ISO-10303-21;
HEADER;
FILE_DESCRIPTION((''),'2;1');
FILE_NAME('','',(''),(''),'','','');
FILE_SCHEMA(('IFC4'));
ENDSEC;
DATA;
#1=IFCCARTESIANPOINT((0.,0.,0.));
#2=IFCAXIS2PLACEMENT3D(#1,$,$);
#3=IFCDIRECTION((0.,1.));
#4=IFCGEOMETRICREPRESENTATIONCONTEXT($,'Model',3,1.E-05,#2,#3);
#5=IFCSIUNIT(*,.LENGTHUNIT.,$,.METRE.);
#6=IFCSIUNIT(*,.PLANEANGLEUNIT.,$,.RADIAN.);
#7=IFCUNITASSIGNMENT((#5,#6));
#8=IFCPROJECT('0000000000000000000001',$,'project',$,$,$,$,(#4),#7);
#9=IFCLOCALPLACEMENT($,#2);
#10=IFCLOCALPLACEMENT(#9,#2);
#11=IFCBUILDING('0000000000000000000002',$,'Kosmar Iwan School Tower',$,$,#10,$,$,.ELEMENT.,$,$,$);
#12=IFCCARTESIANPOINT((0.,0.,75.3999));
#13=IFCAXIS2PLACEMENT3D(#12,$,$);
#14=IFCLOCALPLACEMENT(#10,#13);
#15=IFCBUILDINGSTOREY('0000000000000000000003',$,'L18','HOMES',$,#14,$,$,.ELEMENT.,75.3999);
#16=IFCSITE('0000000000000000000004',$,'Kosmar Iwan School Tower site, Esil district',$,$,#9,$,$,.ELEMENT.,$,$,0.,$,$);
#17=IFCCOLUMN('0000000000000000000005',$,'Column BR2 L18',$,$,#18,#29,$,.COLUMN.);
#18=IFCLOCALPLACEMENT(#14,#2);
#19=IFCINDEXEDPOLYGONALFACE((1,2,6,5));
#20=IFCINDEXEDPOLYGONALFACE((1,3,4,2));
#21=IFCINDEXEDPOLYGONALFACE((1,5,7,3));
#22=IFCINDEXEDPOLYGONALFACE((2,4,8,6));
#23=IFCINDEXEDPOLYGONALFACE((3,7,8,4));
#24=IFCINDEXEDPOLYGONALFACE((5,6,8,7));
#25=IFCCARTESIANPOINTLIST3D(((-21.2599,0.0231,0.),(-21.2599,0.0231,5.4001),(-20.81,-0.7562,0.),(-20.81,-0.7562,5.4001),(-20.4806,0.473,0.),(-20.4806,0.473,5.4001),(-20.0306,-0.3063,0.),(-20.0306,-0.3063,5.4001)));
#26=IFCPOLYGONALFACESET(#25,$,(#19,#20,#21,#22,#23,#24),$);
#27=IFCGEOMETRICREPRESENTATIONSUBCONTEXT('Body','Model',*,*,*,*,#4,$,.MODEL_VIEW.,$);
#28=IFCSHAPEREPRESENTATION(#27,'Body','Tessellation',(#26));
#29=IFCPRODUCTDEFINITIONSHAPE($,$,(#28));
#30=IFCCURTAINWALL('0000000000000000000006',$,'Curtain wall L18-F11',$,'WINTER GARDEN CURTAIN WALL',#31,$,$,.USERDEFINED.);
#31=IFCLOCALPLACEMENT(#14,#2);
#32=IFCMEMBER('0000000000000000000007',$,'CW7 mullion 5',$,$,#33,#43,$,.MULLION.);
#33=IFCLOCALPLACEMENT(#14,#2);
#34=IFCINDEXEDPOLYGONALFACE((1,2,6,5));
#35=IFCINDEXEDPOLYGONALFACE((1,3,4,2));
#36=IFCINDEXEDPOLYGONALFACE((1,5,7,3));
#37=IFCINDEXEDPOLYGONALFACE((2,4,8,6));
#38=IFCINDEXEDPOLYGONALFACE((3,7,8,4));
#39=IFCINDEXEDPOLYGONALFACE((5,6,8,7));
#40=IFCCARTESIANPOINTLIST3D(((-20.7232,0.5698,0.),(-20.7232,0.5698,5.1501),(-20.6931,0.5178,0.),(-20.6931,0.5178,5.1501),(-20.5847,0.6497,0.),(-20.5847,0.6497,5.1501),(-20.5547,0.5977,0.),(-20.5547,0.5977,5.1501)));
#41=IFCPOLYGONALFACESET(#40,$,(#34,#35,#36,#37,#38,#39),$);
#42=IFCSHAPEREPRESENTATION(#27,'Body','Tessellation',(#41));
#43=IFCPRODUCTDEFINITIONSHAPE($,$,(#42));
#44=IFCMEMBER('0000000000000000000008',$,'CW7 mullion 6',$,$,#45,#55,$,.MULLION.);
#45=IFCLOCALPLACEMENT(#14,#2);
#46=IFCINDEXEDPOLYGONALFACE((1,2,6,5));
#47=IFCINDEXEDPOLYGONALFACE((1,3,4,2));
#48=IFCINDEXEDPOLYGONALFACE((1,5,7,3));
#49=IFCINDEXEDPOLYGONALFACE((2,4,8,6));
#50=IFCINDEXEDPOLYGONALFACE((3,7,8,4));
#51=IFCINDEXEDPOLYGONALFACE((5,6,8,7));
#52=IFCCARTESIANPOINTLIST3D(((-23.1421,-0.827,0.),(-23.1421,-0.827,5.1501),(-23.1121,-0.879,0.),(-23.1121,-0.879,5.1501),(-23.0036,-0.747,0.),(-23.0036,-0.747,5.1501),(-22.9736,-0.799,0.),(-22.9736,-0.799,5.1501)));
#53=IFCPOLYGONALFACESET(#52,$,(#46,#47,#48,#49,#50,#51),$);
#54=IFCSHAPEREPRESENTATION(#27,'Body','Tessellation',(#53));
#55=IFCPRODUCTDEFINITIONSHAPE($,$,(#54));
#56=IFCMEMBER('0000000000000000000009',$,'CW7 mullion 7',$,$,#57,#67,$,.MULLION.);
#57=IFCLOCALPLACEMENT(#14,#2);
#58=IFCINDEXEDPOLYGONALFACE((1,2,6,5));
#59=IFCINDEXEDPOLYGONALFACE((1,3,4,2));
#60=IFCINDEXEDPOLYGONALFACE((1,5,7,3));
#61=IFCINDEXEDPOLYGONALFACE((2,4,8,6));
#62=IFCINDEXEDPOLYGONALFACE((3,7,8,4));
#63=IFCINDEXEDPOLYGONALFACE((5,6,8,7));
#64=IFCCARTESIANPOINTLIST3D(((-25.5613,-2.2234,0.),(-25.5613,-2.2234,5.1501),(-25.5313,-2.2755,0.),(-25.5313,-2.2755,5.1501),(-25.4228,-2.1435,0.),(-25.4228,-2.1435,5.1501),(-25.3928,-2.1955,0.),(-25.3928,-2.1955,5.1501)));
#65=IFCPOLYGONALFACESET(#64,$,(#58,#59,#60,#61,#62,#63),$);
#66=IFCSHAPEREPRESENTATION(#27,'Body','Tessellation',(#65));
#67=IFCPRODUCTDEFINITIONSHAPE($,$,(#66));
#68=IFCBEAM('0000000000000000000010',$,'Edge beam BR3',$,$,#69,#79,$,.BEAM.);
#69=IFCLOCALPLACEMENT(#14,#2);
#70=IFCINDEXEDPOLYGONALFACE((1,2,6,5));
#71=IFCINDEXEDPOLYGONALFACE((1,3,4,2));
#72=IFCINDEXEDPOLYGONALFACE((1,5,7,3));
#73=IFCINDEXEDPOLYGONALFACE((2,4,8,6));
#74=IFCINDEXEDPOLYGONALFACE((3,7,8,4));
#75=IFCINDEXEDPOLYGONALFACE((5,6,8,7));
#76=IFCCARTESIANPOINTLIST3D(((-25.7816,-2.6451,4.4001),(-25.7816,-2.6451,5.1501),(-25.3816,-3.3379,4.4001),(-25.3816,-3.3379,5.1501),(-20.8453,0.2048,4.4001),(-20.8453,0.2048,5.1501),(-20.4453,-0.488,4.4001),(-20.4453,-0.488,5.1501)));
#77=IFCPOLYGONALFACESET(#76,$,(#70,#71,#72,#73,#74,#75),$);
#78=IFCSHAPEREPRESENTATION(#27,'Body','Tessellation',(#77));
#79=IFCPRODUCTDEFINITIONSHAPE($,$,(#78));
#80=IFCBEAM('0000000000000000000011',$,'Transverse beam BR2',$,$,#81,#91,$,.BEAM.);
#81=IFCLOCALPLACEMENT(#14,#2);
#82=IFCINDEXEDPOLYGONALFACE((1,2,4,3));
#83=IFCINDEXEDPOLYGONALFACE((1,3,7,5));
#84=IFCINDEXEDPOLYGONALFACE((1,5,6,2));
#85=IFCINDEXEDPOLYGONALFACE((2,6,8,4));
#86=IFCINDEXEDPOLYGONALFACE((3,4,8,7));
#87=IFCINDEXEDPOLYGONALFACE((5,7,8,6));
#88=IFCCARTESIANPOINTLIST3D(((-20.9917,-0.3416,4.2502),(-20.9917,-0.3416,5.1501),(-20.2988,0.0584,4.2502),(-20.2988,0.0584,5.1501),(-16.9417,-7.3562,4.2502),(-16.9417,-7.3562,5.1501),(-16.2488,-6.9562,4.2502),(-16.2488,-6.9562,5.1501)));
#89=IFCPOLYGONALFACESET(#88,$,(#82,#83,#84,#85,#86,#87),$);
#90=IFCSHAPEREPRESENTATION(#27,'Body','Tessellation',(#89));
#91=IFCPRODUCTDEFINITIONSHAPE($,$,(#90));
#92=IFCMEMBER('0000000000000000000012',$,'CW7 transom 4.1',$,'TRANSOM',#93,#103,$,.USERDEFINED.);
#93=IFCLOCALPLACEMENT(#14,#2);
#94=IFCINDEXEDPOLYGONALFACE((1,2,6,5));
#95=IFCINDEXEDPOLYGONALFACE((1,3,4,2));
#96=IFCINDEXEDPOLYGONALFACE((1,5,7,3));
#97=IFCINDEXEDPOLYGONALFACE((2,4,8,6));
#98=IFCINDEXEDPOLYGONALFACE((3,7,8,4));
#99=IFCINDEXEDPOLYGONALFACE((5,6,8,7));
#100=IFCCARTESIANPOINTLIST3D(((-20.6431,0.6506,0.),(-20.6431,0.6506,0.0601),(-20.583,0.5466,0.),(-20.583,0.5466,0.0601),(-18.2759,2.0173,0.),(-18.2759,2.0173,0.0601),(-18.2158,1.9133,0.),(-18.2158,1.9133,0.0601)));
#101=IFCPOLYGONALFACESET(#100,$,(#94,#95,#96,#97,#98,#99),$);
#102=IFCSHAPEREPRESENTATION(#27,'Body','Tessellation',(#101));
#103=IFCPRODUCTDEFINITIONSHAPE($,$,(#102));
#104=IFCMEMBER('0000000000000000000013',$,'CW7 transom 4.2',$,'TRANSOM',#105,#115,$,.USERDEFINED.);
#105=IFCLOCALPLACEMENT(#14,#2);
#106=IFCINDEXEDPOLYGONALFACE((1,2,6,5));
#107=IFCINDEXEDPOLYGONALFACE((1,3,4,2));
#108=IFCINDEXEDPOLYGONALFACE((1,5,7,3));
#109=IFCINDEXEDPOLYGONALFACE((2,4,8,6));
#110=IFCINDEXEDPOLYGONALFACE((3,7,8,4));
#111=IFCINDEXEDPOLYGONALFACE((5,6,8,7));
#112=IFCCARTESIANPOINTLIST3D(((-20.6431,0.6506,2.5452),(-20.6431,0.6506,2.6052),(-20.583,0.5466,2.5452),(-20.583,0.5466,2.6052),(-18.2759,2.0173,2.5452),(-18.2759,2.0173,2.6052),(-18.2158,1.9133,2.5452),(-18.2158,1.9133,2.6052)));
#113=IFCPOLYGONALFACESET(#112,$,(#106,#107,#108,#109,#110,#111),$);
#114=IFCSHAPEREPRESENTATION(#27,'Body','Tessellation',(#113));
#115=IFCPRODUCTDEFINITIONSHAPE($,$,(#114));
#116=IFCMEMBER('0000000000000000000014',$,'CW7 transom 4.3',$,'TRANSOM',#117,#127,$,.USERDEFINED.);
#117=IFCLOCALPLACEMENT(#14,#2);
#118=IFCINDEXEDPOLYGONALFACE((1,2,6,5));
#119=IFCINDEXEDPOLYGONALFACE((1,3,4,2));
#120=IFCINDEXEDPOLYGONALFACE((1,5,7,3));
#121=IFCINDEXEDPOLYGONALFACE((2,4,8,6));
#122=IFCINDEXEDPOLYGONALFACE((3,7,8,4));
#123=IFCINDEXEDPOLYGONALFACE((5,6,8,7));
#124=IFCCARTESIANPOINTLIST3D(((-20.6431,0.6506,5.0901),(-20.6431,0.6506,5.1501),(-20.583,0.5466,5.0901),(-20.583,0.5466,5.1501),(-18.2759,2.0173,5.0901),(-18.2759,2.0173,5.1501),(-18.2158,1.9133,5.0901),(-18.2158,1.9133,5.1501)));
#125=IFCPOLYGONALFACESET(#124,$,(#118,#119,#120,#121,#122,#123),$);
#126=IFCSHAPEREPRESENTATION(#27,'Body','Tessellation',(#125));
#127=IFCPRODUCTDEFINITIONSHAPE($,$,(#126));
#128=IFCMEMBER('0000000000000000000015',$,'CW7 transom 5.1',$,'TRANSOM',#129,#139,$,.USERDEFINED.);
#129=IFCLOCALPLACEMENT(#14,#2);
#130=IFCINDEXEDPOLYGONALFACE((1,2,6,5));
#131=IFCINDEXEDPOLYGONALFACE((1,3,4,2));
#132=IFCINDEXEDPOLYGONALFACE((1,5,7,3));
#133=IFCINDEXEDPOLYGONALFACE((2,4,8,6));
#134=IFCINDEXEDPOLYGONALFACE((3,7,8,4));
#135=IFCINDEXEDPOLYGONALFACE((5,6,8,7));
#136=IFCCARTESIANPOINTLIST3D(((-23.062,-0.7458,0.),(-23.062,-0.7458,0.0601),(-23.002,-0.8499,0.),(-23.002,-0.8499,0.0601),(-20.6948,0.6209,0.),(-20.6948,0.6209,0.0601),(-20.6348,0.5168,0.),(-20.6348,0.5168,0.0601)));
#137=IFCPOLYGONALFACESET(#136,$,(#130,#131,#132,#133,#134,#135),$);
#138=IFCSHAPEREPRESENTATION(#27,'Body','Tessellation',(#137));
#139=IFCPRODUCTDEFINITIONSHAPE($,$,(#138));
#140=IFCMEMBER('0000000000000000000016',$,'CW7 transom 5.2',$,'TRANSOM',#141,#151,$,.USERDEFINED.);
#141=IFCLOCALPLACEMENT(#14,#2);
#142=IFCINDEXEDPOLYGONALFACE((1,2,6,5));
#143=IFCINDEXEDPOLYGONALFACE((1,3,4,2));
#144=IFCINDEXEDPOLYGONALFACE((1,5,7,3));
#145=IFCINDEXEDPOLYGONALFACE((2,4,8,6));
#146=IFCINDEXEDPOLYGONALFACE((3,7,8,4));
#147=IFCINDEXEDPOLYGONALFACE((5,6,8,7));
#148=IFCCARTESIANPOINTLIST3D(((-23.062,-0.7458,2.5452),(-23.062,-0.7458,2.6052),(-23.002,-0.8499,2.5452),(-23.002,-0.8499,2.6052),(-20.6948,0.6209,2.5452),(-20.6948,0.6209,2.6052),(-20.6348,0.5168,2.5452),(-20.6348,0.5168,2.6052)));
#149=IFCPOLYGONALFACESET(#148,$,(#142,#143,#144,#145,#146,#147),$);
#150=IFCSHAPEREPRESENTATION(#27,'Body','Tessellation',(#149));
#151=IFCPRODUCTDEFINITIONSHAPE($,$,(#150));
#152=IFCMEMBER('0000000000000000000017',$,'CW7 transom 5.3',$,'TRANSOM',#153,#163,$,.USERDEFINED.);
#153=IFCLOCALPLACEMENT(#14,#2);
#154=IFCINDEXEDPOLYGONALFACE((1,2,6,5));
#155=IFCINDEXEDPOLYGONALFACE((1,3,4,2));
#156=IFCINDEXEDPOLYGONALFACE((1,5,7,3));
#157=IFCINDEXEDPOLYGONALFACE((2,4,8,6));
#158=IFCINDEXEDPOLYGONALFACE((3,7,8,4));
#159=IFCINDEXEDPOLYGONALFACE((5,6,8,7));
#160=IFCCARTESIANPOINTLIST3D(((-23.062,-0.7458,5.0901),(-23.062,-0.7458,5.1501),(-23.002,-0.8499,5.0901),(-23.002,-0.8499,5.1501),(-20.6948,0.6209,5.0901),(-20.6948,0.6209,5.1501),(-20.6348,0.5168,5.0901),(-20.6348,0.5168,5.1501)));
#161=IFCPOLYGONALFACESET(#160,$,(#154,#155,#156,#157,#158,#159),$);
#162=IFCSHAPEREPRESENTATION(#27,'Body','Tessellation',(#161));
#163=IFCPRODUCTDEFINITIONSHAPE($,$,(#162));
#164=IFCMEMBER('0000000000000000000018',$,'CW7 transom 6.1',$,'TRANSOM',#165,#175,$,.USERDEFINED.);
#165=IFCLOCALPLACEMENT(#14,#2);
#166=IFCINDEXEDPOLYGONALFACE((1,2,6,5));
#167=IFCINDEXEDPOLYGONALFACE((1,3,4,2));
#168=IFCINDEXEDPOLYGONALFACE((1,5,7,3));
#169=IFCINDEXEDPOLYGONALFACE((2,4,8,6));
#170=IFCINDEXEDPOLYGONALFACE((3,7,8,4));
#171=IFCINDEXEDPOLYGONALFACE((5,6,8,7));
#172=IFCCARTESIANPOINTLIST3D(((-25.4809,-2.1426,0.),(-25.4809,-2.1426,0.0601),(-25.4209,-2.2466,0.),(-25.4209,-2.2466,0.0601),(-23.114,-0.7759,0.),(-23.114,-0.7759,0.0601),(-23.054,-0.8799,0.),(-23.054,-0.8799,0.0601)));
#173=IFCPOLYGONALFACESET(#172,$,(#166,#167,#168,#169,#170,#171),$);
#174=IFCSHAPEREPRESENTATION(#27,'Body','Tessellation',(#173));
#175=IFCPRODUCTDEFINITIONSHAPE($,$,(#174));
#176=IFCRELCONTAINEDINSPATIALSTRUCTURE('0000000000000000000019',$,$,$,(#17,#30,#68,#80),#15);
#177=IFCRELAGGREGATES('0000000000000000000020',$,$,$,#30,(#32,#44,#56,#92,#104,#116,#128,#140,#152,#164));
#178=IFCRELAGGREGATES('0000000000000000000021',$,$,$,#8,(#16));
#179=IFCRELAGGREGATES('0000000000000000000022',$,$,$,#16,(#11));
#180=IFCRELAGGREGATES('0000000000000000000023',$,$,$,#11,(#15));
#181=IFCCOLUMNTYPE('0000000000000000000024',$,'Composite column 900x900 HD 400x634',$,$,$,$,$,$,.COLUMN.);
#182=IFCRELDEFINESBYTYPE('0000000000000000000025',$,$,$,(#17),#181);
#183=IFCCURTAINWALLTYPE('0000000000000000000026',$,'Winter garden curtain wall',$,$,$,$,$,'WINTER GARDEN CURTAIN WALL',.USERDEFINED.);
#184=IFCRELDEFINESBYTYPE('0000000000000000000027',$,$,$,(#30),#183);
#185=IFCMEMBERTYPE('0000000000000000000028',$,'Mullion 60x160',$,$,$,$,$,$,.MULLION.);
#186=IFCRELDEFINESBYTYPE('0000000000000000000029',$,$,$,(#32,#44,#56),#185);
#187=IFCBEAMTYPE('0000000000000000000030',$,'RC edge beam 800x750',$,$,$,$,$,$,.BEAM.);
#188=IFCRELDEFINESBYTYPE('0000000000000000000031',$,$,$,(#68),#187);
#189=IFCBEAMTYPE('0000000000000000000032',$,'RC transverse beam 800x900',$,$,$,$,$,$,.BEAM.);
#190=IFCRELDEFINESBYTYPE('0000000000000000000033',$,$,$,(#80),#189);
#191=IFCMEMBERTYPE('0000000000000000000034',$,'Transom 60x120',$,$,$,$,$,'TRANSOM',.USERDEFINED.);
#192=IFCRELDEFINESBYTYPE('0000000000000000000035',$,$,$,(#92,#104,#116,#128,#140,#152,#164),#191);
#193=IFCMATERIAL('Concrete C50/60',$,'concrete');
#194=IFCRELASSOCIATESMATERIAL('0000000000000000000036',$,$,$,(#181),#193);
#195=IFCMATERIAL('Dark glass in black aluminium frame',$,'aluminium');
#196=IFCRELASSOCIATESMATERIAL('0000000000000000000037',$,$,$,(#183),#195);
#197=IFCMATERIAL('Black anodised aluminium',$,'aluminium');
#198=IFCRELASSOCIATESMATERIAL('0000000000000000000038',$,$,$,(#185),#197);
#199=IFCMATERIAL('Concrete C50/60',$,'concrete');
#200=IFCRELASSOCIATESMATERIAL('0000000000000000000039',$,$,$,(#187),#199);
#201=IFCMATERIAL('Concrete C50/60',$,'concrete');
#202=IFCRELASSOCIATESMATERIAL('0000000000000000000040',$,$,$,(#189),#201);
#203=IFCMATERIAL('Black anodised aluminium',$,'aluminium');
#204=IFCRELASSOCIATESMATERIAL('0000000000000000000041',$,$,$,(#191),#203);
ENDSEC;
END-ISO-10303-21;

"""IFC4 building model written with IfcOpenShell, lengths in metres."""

from ifc_helpers import new_model, si_unit, direction, frame, origin, origin_2d, place, context, subcontext, project, spatial, rectangle, extrude, material, material_profile, profile_set, type_object, element, aggregate, save


model = new_model("IFC4")

# Units and contexts
model_context = context("Model", 3, precision=1e-05, world=origin(), true_north=direction((0.0, 1.0)))
body_context = subcontext(model_context, "Body", "Model", "MODEL_VIEW")
ifc_project = project(units=[si_unit("LENGTHUNIT", "METRE"), si_unit("PLANEANGLEUNIT", "RADIAN")], contexts=[model_context])

# Site, building, storey
site_placement = place(None, origin())
site = spatial("IfcSite", under=ifc_project, at=site_placement, Name="Kosmar Iwan School Tower site, Esil district", CompositionType="ELEMENT", RefElevation=0.0)
building_placement = place(site_placement, origin())
building = spatial("IfcBuilding", under=site, at=building_placement, Name="Kosmar Iwan School Tower", CompositionType="ELEMENT")
storey_placement = place(building_placement, frame((0.0, 0.0, 75.3999)))
storey = spatial("IfcBuildingStorey", under=building, at=storey_placement, Name="L18", Description="HOMES", CompositionType="ELEMENT", Elevation=75.3999)

# Column
ifc_material_1 = material(Name="Concrete C50/60", Category="concrete")
ifc_material_profile_1 = material_profile(ifc_material_1, rectangle(XDim=0.8999, YDim=0.8999, at=origin_2d()), Name="RC 900x900 + HD 400x634")
ifc_profile_set_1 = profile_set([ifc_material_profile_1], Name="Concrete C50/60")
column_type = type_object("IfcColumnType", Name="Composite column 900x900 HD 400x634", PredefinedType="COLUMN", material=ifc_profile_set_1)
column_placement = place(storey_placement, frame((-20.6453, -0.1416, 0.0), z_axis=(0.0, 0.0, 1.0), x_axis=(-0.866025, -0.5, 0.0)))
element("IfcColumn", 1, at=column_placement, inside=storey, type_object=column_type, Name="Column BR2 L18", PredefinedType="COLUMN", context=body_context, shape_type="SweptSolid", body=[
    extrude(rectangle(XDim=0.8999, YDim=0.8999, at=origin_2d()), origin(), (0.0, 0.0, 1.0), 5.4001),
])

# Curtain wall, members
ifc_material_2 = material(Name="Dark glass in black aluminium frame", Category="aluminium")
curtain_wall_type = type_object("IfcCurtainWallType", Name="Winter garden curtain wall", ElementType="WINTER GARDEN CURTAIN WALL", PredefinedType="USERDEFINED", material=ifc_material_2)
curtain_wall_placement = place(storey_placement, origin())
curtain_wall = element("IfcCurtainWall", 2, at=curtain_wall_placement, inside=storey, type_object=curtain_wall_type, Name="Curtain wall L18-F11", ObjectType="WINTER GARDEN CURTAIN WALL", PredefinedType="USERDEFINED")
ifc_material_3 = material(Name="Black anodised aluminium", Category="aluminium")
ifc_material_profile_2 = material_profile(ifc_material_3, rectangle(XDim=0.0601, YDim=0.1599, at=origin_2d()), Name="MULLION 60x160")
ifc_profile_set_2 = profile_set([ifc_material_profile_2], Name="Black anodised aluminium")
member_type_1 = type_object("IfcMemberType", Name="Mullion 60x160", PredefinedType="MULLION", material=ifc_profile_set_2)
member_1_placement = place(storey_placement, frame((-20.6389, 0.5837, 0.0), z_axis=(0.0, 0.0, 1.0), x_axis=(0.5, -0.866025, 0.0)))
member_1 = element("IfcMember", 3, at=member_1_placement, type_object=member_type_1, Name="CW7 mullion 5", PredefinedType="MULLION", context=body_context, shape_type="SweptSolid", body=[
    extrude(rectangle(XDim=0.0601, YDim=0.1599, at=origin_2d()), origin(), (0.0, 0.0, 1.0), 5.1501),
])
member_2_placement = place(storey_placement, frame((-23.0579, -0.813, 0.0), z_axis=(0.0, 0.0, 1.0), x_axis=(0.5, -0.866025, 0.0)))
member_2 = element("IfcMember", 4, at=member_2_placement, type_object=member_type_1, Name="CW7 mullion 6", PredefinedType="MULLION", context=body_context, shape_type="SweptSolid", body=[
    extrude(rectangle(XDim=0.0601, YDim=0.1599, at=origin_2d()), origin(), (0.0, 0.0, 1.0), 5.1501),
])
member_3_placement = place(storey_placement, frame((-25.4771, -2.2095, 0.0), z_axis=(0.0, 0.0, 1.0), x_axis=(0.5, -0.866025, 0.0)))
member_3 = element("IfcMember", 5, at=member_3_placement, type_object=member_type_1, Name="CW7 mullion 7", PredefinedType="MULLION", context=body_context, shape_type="SweptSolid", body=[
    extrude(rectangle(XDim=0.0601, YDim=0.1599, at=origin_2d()), origin(), (0.0, 0.0, 1.0), 5.1501),
])

# Beams
ifc_material_4 = material(Name="Concrete C50/60", Category="concrete")
ifc_material_profile_3 = material_profile(ifc_material_4, rectangle(XDim=0.8, YDim=0.75, at=origin_2d()), Name="RC 800x750")
ifc_profile_set_3 = profile_set([ifc_material_profile_3], Name="Concrete C50/60")
beam_type_1 = type_object("IfcBeamType", Name="RC edge beam 800x750", PredefinedType="BEAM", material=ifc_profile_set_3)
beam_1_placement = place(storey_placement, frame((-20.6453, -0.1416, 4.7751), z_axis=(-0.866034, -0.499986, 0.0), x_axis=(0.499986, -0.866034, 0.0)))
element("IfcBeam", 6, at=beam_1_placement, inside=storey, type_object=beam_type_1, Name="Edge beam BR3", PredefinedType="BEAM", context=body_context, shape_type="SweptSolid", body=[
    extrude(rectangle(XDim=0.8, YDim=0.75, at=origin_2d()), origin(), (0.0, 0.0, 1.0), 5.7),
])
ifc_material_5 = material(Name="Concrete C50/60", Category="concrete")
ifc_material_profile_4 = material_profile(ifc_material_5, rectangle(XDim=0.8, YDim=0.8999, at=origin_2d()), Name="RC 800x900")
ifc_profile_set_4 = profile_set([ifc_material_profile_4], Name="Concrete C50/60")
beam_type_2 = type_object("IfcBeamType", Name="RC transverse beam 800x900", PredefinedType="BEAM", material=ifc_profile_set_4)
beam_2_placement = place(storey_placement, frame((-20.6453, -0.1416, 4.7002), z_axis=(0.500013, -0.866018, 0.0), x_axis=(0.866018, 0.500013, 0.0)))
element("IfcBeam", 7, at=beam_2_placement, inside=storey, type_object=beam_type_2, Name="Transverse beam BR2", PredefinedType="BEAM", context=body_context, shape_type="SweptSolid", body=[
    extrude(rectangle(XDim=0.8, YDim=0.8999, at=origin_2d()), origin(), (0.0, 0.0, 1.0), 8.0999),
])

# Members
ifc_material_6 = material(Name="Black anodised aluminium", Category="aluminium")
ifc_material_profile_5 = material_profile(ifc_material_6, rectangle(XDim=0.1201, YDim=0.0601, at=origin_2d()), Name="TRANSOM 60x120")
ifc_profile_set_5 = profile_set([ifc_material_profile_5], Name="Black anodised aluminium")
member_type_2 = type_object("IfcMemberType", Name="Transom 60x120", ElementType="TRANSOM", PredefinedType="USERDEFINED", material=ifc_profile_set_5)
member_4_placement = place(storey_placement, frame((-18.2458, 1.9653, 0.03), z_axis=(-0.866025, -0.500001, 0.0), x_axis=(0.500001, -0.866025, 0.0)))
member_4 = element("IfcMember", 8, at=member_4_placement, type_object=member_type_2, Name="CW7 transom 4.1", ObjectType="TRANSOM", PredefinedType="USERDEFINED", context=body_context, shape_type="SweptSolid", body=[
    extrude(rectangle(XDim=0.1201, YDim=0.0601, at=origin_2d()), origin(), (0.0, 0.0, 1.0), 2.7334),
])
member_5_placement = place(storey_placement, frame((-18.2458, 1.9653, 2.5752), z_axis=(-0.866025, -0.500001, 0.0), x_axis=(0.500001, -0.866025, 0.0)))
member_5 = element("IfcMember", 9, at=member_5_placement, type_object=member_type_2, Name="CW7 transom 4.2", ObjectType="TRANSOM", PredefinedType="USERDEFINED", context=body_context, shape_type="SweptSolid", body=[
    extrude(rectangle(XDim=0.1201, YDim=0.0601, at=origin_2d()), origin(), (0.0, 0.0, 1.0), 2.7334),
])
member_6_placement = place(storey_placement, frame((-18.2458, 1.9653, 5.1201), z_axis=(-0.866025, -0.500001, 0.0), x_axis=(0.500001, -0.866025, 0.0)))
member_6 = element("IfcMember", 10, at=member_6_placement, type_object=member_type_2, Name="CW7 transom 4.3", ObjectType="TRANSOM", PredefinedType="USERDEFINED", context=body_context, shape_type="SweptSolid", body=[
    extrude(rectangle(XDim=0.1201, YDim=0.0601, at=origin_2d()), origin(), (0.0, 0.0, 1.0), 2.7334),
])
member_7_placement = place(storey_placement, frame((-20.6648, 0.5688, 0.03), z_axis=(-0.866025, -0.500001, 0.0), x_axis=(0.500001, -0.866025, 0.0)))
member_7 = element("IfcMember", 11, at=member_7_placement, type_object=member_type_2, Name="CW7 transom 5.1", ObjectType="TRANSOM", PredefinedType="USERDEFINED", context=body_context, shape_type="SweptSolid", body=[
    extrude(rectangle(XDim=0.1201, YDim=0.0601, at=origin_2d()), origin(), (0.0, 0.0, 1.0), 2.7334),
])
member_8_placement = place(storey_placement, frame((-20.6648, 0.5688, 2.5752), z_axis=(-0.866025, -0.500001, 0.0), x_axis=(0.500001, -0.866025, 0.0)))
member_8 = element("IfcMember", 12, at=member_8_placement, type_object=member_type_2, Name="CW7 transom 5.2", ObjectType="TRANSOM", PredefinedType="USERDEFINED", context=body_context, shape_type="SweptSolid", body=[
    extrude(rectangle(XDim=0.1201, YDim=0.0601, at=origin_2d()), origin(), (0.0, 0.0, 1.0), 2.7334),
])
member_9_placement = place(storey_placement, frame((-20.6648, 0.5688, 5.1201), z_axis=(-0.866025, -0.500001, 0.0), x_axis=(0.500001, -0.866025, 0.0)))
member_9 = element("IfcMember", 13, at=member_9_placement, type_object=member_type_2, Name="CW7 transom 5.3", ObjectType="TRANSOM", PredefinedType="USERDEFINED", context=body_context, shape_type="SweptSolid", body=[
    extrude(rectangle(XDim=0.1201, YDim=0.0601, at=origin_2d()), origin(), (0.0, 0.0, 1.0), 2.7334),
])
member_10_placement = place(storey_placement, frame((-23.084, -0.8279, 0.03), z_axis=(-0.866003, -0.500039, 0.0), x_axis=(0.500039, -0.866003, 0.0)))
member_10 = element("IfcMember", 14, at=member_10_placement, type_object=member_type_2, Name="CW7 transom 6.1", ObjectType="TRANSOM", PredefinedType="USERDEFINED", context=body_context, shape_type="SweptSolid", body=[
    extrude(rectangle(XDim=0.1201, YDim=0.0601, at=origin_2d()), origin(), (0.0, 0.0, 1.0), 2.7332),
])

aggregate(curtain_wall, [member_1, member_2, member_3, member_4, member_5, member_6, member_7, member_8, member_9, member_10])

save(model, "model.ifc")
